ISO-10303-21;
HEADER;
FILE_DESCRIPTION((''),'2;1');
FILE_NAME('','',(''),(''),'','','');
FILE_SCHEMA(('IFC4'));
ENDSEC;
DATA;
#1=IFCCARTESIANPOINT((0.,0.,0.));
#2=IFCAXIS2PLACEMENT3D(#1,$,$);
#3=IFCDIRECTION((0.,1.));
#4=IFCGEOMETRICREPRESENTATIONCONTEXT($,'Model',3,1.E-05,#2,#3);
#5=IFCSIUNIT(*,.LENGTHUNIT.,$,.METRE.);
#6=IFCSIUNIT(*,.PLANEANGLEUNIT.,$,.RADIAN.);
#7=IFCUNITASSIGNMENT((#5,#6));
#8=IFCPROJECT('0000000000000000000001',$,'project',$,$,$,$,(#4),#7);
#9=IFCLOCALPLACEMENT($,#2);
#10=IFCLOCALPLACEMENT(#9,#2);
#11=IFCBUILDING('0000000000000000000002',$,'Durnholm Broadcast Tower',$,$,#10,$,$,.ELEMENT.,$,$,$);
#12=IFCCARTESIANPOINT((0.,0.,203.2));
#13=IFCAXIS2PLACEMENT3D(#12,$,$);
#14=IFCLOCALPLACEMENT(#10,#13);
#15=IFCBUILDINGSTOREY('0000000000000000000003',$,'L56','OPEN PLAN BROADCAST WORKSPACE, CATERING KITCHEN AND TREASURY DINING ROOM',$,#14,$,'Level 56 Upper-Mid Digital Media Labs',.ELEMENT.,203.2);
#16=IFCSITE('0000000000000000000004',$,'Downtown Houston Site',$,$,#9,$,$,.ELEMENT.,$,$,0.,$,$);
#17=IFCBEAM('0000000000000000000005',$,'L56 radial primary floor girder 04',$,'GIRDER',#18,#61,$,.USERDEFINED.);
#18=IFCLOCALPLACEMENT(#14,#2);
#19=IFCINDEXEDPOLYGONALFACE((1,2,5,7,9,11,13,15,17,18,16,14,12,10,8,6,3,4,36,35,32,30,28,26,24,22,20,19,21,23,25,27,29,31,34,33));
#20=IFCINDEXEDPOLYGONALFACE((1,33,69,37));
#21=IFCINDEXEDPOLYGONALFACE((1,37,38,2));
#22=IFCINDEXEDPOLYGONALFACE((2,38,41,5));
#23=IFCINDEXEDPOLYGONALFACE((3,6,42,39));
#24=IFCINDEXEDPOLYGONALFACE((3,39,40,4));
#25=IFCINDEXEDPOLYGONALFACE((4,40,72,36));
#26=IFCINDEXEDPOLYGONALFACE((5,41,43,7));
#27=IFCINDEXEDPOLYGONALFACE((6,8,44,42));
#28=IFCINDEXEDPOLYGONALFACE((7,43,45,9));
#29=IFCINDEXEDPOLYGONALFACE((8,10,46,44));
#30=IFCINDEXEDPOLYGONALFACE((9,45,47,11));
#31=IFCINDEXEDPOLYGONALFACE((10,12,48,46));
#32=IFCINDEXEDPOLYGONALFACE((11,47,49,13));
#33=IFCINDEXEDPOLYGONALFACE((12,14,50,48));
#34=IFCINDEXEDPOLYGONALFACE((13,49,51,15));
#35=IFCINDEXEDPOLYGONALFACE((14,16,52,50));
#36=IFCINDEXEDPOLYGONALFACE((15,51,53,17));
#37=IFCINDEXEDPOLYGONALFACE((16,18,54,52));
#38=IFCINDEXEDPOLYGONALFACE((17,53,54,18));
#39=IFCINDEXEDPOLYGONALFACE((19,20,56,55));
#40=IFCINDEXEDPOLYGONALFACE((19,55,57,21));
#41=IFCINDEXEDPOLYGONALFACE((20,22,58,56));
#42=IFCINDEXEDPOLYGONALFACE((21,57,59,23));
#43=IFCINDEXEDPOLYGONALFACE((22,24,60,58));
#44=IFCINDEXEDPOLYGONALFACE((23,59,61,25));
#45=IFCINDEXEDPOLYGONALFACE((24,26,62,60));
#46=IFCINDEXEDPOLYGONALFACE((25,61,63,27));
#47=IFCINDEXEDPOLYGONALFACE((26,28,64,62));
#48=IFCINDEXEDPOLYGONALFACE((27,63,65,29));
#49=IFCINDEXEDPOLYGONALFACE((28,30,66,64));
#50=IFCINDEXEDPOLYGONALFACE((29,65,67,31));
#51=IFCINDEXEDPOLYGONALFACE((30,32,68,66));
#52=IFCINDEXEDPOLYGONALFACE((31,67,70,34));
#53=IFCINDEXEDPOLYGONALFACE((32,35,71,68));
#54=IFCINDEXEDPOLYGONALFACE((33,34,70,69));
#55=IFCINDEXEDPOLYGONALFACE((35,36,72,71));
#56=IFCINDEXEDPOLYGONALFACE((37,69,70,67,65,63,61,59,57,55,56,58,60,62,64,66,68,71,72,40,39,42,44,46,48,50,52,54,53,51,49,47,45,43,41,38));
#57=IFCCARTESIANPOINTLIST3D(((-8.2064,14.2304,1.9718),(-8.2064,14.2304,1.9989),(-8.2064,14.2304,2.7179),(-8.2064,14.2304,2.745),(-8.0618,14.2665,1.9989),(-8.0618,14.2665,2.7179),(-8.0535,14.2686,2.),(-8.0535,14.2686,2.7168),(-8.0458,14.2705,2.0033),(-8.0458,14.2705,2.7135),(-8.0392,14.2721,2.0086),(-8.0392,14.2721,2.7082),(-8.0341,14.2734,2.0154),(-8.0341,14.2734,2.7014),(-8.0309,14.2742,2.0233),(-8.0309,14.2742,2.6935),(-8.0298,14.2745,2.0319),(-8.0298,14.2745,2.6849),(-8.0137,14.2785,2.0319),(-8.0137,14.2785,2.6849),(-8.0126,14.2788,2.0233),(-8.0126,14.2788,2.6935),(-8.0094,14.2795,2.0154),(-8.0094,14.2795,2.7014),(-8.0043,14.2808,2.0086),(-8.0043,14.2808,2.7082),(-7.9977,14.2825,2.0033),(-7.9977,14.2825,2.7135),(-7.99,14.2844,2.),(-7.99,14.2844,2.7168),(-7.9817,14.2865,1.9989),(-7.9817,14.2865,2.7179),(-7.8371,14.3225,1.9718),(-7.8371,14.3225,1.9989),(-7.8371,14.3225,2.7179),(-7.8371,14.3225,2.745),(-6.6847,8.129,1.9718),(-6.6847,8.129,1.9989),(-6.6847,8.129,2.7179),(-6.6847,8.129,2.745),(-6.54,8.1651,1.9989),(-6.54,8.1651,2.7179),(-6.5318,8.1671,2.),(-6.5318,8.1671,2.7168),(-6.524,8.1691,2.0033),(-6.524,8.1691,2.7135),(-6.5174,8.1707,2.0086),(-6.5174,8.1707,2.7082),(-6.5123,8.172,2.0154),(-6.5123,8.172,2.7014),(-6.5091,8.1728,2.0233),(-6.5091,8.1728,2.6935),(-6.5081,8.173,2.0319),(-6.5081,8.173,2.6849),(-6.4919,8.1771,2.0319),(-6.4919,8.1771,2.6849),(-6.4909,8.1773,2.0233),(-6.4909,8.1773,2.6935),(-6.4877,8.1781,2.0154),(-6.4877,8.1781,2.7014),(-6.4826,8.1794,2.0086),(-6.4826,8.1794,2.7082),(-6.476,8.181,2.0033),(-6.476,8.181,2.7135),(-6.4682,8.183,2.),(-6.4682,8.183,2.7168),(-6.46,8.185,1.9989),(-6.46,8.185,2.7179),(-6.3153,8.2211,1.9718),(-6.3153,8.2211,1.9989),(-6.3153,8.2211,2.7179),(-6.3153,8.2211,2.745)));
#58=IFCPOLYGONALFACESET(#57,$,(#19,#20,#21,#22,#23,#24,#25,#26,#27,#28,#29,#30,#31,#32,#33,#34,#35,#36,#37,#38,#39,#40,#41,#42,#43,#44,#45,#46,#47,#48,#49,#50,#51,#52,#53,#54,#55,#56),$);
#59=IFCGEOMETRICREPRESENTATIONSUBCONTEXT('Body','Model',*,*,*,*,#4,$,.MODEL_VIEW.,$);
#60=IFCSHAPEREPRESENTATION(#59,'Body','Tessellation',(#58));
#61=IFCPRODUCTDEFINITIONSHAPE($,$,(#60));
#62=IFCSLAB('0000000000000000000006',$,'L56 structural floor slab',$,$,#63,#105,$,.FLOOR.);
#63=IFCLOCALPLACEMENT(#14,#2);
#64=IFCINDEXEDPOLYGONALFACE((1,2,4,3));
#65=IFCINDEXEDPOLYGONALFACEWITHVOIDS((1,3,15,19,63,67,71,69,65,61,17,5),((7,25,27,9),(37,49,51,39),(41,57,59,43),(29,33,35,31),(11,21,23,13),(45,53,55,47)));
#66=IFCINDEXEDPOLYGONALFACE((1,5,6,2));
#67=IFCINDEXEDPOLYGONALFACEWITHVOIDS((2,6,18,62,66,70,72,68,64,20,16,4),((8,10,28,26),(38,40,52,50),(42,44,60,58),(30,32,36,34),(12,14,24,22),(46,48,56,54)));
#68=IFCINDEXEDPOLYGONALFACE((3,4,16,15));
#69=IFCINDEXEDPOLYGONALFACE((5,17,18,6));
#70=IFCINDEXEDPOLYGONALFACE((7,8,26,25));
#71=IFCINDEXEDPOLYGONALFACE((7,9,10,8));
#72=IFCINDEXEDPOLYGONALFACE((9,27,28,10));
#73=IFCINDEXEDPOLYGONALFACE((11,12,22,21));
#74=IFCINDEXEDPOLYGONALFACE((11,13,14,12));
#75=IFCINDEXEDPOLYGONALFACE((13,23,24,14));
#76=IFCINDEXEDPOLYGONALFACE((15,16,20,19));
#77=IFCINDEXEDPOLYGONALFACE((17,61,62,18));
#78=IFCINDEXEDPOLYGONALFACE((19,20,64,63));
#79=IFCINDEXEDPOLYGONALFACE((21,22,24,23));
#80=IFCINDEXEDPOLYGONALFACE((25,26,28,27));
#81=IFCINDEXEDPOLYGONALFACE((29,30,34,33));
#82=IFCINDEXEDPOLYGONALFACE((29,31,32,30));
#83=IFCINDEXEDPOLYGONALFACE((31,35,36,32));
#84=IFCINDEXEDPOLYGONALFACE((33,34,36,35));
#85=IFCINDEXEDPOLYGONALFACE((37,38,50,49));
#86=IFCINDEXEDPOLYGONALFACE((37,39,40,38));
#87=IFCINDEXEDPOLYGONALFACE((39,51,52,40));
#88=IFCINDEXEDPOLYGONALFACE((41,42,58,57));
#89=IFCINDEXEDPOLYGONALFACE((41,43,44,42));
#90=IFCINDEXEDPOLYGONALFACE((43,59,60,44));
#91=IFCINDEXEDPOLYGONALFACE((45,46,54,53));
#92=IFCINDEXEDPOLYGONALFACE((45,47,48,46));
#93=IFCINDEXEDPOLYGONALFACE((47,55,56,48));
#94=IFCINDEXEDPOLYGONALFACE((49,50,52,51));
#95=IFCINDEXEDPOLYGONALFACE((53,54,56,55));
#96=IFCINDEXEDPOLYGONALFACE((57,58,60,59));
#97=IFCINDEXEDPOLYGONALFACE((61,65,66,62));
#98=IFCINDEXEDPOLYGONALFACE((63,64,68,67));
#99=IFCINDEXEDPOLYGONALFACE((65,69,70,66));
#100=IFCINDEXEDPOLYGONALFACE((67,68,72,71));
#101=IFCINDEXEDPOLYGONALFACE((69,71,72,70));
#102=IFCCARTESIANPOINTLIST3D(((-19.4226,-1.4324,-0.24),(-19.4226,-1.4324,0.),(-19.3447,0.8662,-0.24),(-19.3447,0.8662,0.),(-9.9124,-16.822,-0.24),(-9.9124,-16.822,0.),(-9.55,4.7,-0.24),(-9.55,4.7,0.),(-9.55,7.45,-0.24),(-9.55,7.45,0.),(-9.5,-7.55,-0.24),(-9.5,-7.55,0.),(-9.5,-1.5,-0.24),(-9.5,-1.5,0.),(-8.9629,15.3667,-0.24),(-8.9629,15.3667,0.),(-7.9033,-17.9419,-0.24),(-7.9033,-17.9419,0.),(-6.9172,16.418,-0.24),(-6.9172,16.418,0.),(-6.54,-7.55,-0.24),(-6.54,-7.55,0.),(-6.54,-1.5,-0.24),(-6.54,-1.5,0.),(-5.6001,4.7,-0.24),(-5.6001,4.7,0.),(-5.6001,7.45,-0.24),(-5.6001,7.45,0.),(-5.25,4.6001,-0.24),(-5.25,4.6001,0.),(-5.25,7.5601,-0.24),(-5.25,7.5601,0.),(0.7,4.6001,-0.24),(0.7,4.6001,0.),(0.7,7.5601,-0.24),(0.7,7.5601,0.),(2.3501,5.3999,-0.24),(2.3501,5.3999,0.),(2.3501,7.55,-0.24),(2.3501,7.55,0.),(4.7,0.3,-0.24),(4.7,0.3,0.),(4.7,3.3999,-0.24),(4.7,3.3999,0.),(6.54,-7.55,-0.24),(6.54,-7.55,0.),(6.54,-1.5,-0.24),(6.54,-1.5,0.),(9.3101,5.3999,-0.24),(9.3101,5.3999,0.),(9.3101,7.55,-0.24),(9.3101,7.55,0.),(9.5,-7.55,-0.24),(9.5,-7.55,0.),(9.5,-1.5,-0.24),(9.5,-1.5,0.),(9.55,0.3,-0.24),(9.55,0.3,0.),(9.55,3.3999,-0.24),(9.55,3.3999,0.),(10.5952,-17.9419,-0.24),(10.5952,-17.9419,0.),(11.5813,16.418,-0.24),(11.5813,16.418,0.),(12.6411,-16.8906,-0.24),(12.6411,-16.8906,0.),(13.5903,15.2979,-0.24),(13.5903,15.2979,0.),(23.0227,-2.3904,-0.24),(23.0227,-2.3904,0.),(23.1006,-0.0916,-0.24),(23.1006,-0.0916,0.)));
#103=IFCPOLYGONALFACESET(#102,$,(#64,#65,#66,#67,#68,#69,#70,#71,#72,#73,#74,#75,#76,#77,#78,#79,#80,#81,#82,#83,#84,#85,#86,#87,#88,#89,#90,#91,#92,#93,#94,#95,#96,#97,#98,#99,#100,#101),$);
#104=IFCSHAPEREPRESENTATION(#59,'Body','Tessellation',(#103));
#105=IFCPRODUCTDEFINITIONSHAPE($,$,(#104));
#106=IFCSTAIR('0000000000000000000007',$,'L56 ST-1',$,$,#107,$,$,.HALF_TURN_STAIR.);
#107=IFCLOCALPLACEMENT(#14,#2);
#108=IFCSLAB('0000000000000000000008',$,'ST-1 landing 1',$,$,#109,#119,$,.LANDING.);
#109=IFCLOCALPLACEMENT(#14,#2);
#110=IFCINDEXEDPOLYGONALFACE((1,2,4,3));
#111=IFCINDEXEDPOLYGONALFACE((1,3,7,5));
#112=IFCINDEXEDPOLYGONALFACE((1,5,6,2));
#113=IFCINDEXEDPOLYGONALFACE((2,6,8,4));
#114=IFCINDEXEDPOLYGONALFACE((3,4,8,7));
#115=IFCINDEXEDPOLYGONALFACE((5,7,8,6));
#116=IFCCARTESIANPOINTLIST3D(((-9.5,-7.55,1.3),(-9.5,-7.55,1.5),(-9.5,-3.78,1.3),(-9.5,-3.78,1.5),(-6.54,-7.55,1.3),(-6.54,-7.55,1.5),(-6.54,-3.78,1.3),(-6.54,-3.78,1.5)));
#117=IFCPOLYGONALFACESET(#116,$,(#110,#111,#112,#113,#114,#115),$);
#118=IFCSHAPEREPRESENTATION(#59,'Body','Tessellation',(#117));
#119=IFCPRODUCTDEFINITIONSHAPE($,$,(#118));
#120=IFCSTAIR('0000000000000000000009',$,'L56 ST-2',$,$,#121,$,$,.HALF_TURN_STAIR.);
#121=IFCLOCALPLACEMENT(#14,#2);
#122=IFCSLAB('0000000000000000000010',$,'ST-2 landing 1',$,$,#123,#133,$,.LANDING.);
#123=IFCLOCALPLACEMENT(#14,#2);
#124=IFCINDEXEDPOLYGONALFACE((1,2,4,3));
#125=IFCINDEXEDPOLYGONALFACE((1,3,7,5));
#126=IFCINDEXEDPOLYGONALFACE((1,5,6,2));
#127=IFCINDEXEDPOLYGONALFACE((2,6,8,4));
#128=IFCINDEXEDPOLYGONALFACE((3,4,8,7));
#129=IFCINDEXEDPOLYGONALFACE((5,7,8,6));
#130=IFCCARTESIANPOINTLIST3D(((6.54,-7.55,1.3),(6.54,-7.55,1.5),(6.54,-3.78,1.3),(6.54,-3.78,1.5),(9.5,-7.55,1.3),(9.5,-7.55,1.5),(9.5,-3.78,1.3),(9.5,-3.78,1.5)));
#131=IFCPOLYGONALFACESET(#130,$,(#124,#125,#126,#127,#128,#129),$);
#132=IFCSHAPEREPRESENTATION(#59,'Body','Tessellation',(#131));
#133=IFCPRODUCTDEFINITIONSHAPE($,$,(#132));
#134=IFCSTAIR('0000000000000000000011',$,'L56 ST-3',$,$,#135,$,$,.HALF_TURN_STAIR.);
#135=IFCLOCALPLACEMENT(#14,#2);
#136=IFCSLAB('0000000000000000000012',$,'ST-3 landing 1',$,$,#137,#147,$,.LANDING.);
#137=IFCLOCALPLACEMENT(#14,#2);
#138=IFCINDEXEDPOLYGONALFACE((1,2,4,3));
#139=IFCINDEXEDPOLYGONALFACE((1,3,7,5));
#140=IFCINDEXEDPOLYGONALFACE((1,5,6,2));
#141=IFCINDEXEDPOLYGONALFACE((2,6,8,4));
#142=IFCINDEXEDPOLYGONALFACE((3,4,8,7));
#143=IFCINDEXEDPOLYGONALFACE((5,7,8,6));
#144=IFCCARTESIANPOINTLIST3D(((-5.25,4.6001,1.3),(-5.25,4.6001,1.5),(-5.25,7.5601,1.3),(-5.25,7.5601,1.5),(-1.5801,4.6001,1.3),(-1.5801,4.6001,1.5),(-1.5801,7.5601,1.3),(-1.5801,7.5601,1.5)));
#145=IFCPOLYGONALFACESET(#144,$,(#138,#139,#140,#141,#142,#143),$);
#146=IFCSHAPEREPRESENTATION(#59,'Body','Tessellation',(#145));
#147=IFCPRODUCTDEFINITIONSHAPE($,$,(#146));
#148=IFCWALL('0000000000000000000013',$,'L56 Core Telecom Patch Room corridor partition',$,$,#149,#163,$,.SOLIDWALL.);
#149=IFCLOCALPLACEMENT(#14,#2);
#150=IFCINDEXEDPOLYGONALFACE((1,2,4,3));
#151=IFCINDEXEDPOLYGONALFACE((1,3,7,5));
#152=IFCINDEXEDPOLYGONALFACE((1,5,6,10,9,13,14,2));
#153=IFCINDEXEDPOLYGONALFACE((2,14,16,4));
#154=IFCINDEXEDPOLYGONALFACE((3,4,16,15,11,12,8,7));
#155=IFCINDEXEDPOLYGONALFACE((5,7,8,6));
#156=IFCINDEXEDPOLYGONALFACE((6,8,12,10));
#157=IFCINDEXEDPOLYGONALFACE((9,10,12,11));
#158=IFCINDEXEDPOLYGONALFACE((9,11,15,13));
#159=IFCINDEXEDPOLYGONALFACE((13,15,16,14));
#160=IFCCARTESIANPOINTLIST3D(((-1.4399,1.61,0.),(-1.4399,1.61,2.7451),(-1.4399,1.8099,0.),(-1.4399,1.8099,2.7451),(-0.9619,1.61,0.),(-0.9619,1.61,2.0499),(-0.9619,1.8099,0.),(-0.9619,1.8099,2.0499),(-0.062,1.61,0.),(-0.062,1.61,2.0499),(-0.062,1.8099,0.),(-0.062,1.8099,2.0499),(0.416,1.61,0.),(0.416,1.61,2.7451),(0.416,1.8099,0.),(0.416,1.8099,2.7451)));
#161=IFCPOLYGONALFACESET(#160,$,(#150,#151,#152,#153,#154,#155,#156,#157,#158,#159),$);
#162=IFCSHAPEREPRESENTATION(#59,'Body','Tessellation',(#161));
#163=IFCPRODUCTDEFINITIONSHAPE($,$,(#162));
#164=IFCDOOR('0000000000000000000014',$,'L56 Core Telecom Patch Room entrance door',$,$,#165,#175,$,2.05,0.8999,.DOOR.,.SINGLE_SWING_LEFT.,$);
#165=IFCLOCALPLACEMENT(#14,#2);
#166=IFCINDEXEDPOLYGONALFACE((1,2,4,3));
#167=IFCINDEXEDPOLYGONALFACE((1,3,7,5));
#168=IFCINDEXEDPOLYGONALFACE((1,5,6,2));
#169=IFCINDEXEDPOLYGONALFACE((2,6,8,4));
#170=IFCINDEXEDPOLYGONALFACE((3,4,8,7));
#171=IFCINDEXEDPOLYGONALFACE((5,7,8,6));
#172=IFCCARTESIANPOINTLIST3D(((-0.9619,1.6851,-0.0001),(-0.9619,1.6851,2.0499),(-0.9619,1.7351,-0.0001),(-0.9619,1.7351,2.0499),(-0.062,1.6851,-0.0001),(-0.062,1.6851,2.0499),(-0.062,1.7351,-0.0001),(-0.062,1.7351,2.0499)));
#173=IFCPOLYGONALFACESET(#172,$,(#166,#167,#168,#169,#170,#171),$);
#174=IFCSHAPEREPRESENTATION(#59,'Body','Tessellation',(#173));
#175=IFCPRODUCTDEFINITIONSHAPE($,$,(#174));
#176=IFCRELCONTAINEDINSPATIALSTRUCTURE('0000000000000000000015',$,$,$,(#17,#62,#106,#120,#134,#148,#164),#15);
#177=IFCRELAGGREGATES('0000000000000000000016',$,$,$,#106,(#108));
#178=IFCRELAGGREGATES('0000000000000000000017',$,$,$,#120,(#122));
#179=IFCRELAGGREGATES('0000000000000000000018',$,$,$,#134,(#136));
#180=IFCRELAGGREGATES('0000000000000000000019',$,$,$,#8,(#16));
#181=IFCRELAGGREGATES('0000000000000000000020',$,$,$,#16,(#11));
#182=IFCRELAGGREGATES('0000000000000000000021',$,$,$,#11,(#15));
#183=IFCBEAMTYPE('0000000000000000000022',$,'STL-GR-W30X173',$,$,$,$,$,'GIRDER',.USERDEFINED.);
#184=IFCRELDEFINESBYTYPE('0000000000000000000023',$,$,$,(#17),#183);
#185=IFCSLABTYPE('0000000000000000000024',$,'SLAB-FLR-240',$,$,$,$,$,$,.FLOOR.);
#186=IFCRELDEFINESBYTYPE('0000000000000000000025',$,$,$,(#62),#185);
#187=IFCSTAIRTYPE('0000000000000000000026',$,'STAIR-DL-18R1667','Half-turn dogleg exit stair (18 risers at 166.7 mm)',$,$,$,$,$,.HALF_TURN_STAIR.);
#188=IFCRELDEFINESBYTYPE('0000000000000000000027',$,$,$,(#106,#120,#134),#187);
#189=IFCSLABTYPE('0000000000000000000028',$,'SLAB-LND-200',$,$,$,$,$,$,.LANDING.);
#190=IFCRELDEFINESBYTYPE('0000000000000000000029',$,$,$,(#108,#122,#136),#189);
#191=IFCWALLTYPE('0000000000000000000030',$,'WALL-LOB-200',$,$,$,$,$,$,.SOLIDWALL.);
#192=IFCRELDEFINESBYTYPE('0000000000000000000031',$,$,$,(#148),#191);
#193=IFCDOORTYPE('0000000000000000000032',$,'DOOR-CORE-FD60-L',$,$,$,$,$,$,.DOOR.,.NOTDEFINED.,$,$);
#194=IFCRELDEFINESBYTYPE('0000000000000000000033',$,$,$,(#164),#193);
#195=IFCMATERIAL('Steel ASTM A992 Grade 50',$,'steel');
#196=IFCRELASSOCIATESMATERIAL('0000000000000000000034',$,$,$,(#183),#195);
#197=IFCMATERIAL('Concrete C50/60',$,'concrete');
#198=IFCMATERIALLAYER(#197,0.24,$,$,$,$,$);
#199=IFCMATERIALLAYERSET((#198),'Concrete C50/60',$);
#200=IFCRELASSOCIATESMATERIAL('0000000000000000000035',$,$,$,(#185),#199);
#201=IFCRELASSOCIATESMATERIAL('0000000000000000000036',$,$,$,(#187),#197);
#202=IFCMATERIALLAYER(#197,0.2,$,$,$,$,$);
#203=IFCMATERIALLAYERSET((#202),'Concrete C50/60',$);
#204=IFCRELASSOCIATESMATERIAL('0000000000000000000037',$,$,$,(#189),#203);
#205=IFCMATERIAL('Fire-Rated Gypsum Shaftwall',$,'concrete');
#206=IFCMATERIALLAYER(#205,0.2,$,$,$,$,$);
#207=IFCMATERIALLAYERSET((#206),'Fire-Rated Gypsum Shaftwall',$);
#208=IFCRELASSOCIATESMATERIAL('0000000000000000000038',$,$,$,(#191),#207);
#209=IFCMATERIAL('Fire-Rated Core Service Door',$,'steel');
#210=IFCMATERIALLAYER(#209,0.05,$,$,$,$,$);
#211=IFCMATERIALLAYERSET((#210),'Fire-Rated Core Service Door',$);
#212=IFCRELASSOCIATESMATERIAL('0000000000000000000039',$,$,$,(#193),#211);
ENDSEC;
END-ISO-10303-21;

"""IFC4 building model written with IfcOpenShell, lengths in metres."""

from ifc_helpers import new_model, si_unit, direction, frame, frame_2d, origin, origin_2d, place, context, subcontext, project, spatial, polyline, rectangle, i_section, outline, extrude, source, transform, mapped, material, layer, layer_set, material_profile, profile_set, type_object, type_shapes, element, fill, aggregate, save


model = new_model("IFC4")

# Units and contexts
model_context = context("Model", 3, precision=1e-05, world=origin(), true_north=direction((0.0, 1.0)))
body_context = subcontext(model_context, "Body", "Model", "MODEL_VIEW")
ifc_project = project(units=[si_unit("LENGTHUNIT", "METRE"), si_unit("PLANEANGLEUNIT", "RADIAN")], contexts=[model_context])

# Site, building, storey
site_placement = place(None, origin())
site = spatial("IfcSite", under=ifc_project, at=site_placement, Name="Downtown Houston Site", CompositionType="ELEMENT", RefElevation=0.0)
building_placement = place(site_placement, origin())
building = spatial("IfcBuilding", under=site, at=building_placement, Name="Durnholm Broadcast Tower", CompositionType="ELEMENT")
storey_placement = place(building_placement, frame((0.0, 0.0, 203.2)))
storey = spatial("IfcBuildingStorey", under=building, at=storey_placement, Name="L56", Description="OPEN PLAN BROADCAST WORKSPACE, CATERING KITCHEN AND TREASURY DINING ROOM", LongName="Level 56 Upper-Mid Digital Media Labs", CompositionType="ELEMENT", Elevation=203.2)

# Beam
ifc_material_1 = material(Name="Steel ASTM A992 Grade 50", Category="steel")
ifc_material_profile = material_profile(ifc_material_1, i_section(OverallWidth=0.3806, OverallDepth=0.7732, WebThickness=0.0166, FlangeThickness=0.0271, FilletRadius=0.033, at=origin_2d()), Name="W30X173")
ifc_profile_set = profile_set([ifc_material_profile], Name="Steel ASTM A992 Grade 50")
beam_type = type_object("IfcBeamType", Name="STL-GR-W30X173", ElementType="GIRDER", PredefinedType="USERDEFINED", material=ifc_profile_set)
shared_shape_1 = source(origin(), body_context, "Body", "SweptSolid", [
    extrude(i_section(OverallWidth=0.3806, OverallDepth=0.7732, WebThickness=0.0166, FlangeThickness=0.0271, FilletRadius=0.033, at=origin_2d()), origin(), (0.0, 0.0, 1.0), 6.2883),
])
type_shapes(beam_type, [shared_shape_1])
beam_placement = place(storey_placement, frame((-6.5, 8.175, 2.3584), z_axis=(-0.241997, 0.970277, 0.0), x_axis=(-0.970277, -0.241997, 0.0)))
element("IfcBeam", 1, at=beam_placement, inside=storey, type_object=beam_type, Name="L56 radial primary floor girder 04", ObjectType="GIRDER", PredefinedType="USERDEFINED", context=body_context, shape_type="MappedRepresentation", body=[
    mapped(shared_shape_1, transform((0.0, 0.0, 0.0), x_axis=(1.0, 0.0, 0.0), y_axis=(0.0, 1.0, 0.0), z_axis=(0.0, 0.0, 1.0), scale=1.0)),
])

# Slab
ifc_material_2 = material(Name="Concrete C50/60", Category="concrete")
ifc_layer_1 = layer(ifc_material_2, 0.24)
ifc_layer_set_1 = layer_set([ifc_layer_1], Name="Concrete C50/60")
slab_type_1 = type_object("IfcSlabType", Name="SLAB-FLR-240", PredefinedType="FLOOR", material=ifc_layer_set_1)
slab_1_placement = place(storey_placement, frame((0.0, 0.0, -0.24)))
element("IfcSlab", 2, at=slab_1_placement, inside=storey, type_object=slab_type_1, Name="L56 structural floor slab", PredefinedType="FLOOR", context=body_context, shape_type="SweptSolid", body=[
    extrude(outline(polyline([(-9.9124, -16.822), (-7.9033, -17.9419), (10.5952, -17.9419), (12.6411, -16.8906), (23.0227, -2.3904), (23.1006, -0.0916), (13.5903, 15.2979), (11.5813, 16.418), (-6.9172, 16.418), (-8.9629, 15.3667), (-19.3447, 0.8662), (-19.4226, -1.4324), (-9.9124, -16.822)]), holes=[polyline([(-6.54, -1.5), (-9.5, -1.5), (-9.5, -7.55), (-6.54, -7.55), (-6.54, -1.5)]), polyline([(9.5, -7.55), (9.5, -1.5), (6.54, -1.5), (6.54, -7.55), (9.5, -7.55)]), polyline([(9.55, 3.3999), (4.7, 3.3999), (4.7, 0.3), (9.55, 0.3), (9.55, 3.3999)]), polyline([(-9.55, 7.45), (-9.55, 4.7), (-5.6001, 4.7), (-5.6001, 7.45), (-9.55, 7.45)]), polyline([(-5.25, 4.6001), (0.7, 4.6001), (0.7, 7.5601), (-5.25, 7.5601), (-5.25, 4.6001)]), polyline([(9.3101, 7.55), (2.3501, 7.55), (2.3501, 5.3999), (9.3101, 5.3999), (9.3101, 7.55)])]), origin(), (0.0, 0.0, 1.0), 0.24),
])

# Stairs, slabs
stair_type = type_object("IfcStairType", Name="STAIR-DL-18R1667", Description="Half-turn dogleg exit stair (18 risers at 166.7 mm)", PredefinedType="HALF_TURN_STAIR", material=ifc_material_2)
stair_1_placement = place(storey_placement, origin())
stair_1 = element("IfcStair", 3, at=stair_1_placement, inside=storey, type_object=stair_type, Name="L56 ST-1", PredefinedType="HALF_TURN_STAIR")
ifc_layer_2 = layer(ifc_material_2, 0.2)
ifc_layer_set_2 = layer_set([ifc_layer_2], Name="Concrete C50/60")
slab_type_2 = type_object("IfcSlabType", Name="SLAB-LND-200", PredefinedType="LANDING", material=ifc_layer_set_2)
slab_2_placement = place(storey_placement, frame((0.0, 0.0, 1.3)))
slab_2 = element("IfcSlab", 4, at=slab_2_placement, type_object=slab_type_2, Name="ST-1 landing 1", PredefinedType="LANDING", context=body_context, shape_type="SweptSolid", body=[
    extrude(outline(polyline([(-9.5, -3.78), (-9.5, -7.55), (-6.54, -7.55), (-6.54, -3.78), (-9.5, -3.78)])), origin(), (0.0, 0.0, 1.0), 0.2),
])
aggregate(stair_1, [slab_2])
stair_2_placement = place(storey_placement, origin())
stair_2 = element("IfcStair", 5, at=stair_2_placement, inside=storey, type_object=stair_type, Name="L56 ST-2", PredefinedType="HALF_TURN_STAIR")
slab_3_placement = place(storey_placement, frame((0.0, 0.0, 1.3)))
slab_3 = element("IfcSlab", 6, at=slab_3_placement, type_object=slab_type_2, Name="ST-2 landing 1", PredefinedType="LANDING", context=body_context, shape_type="SweptSolid", body=[
    extrude(outline(polyline([(6.54, -3.78), (6.54, -7.55), (9.5, -7.55), (9.5, -3.78), (6.54, -3.78)])), origin(), (0.0, 0.0, 1.0), 0.2),
])
aggregate(stair_2, [slab_3])
stair_3_placement = place(storey_placement, origin())
stair_3 = element("IfcStair", 7, at=stair_3_placement, inside=storey, type_object=stair_type, Name="L56 ST-3", PredefinedType="HALF_TURN_STAIR")
slab_4_placement = place(storey_placement, frame((0.0, 0.0, 1.3)))
slab_4 = element("IfcSlab", 8, at=slab_4_placement, type_object=slab_type_2, Name="ST-3 landing 1", PredefinedType="LANDING", context=body_context, shape_type="SweptSolid", body=[
    extrude(outline(polyline([(-1.5801, 7.5601), (-5.25, 7.5601), (-5.25, 4.6001), (-1.5801, 4.6001), (-1.5801, 7.5601)])), origin(), (0.0, 0.0, 1.0), 0.2),
])

# Wall, opening, door
ifc_material_3 = material(Name="Fire-Rated Gypsum Shaftwall", Category="concrete")
ifc_layer_3 = layer(ifc_material_3, 0.2)
ifc_layer_set_3 = layer_set([ifc_layer_3], Name="Fire-Rated Gypsum Shaftwall")
wall_type_1 = type_object("IfcWallType", Name="WALL-LOB-200", PredefinedType="SOLIDWALL", material=ifc_layer_set_3)
wall_1_placement = place(storey_placement, frame((0.416, 1.71, 0.0), z_axis=(0.0, 0.0, 1.0), x_axis=(-1.0, 0.0, 0.0)))
wall_1 = element("IfcWall", 9, at=wall_1_placement, inside=storey, type_object=wall_type_1, Name="L56 Core Telecom Patch Room corridor partition", PredefinedType="SOLIDWALL", context=body_context, shape_type="SweptSolid", body=[
    extrude(rectangle(XDim=1.856, YDim=0.2, at=frame_2d((0.928, 0.0))), origin(), (0.0, 0.0, 1.0), 2.7451),
])
opening_1_placement = place(wall_1_placement, frame((0.478, 0.0, 0.0)))
opening_1 = element("IfcOpeningElement", 10, at=opening_1_placement, cuts=wall_1, PredefinedType="OPENING", context=body_context, shape_type="SweptSolid", body=[
    extrude(rectangle(XDim=0.8999, YDim=2.05, at=frame_2d((0.45, 1.0249))), frame((0.0, 0.1099, 0.0), z_axis=(0.0, -1.0, 0.0), x_axis=(1.0, 0.0, 0.0)), (0.0, 0.0, 1.0), 0.22),
])
ifc_material_4 = material(Name="Fire-Rated Core Service Door", Category="steel")
ifc_layer_4 = layer(ifc_material_4, 0.05)
ifc_layer_set_4 = layer_set([ifc_layer_4], Name="Fire-Rated Core Service Door")
door_type_1 = type_object("IfcDoorType", Name="DOOR-CORE-FD60-L", OperationType="NOTDEFINED", PredefinedType="DOOR", material=ifc_layer_set_4)
shared_shape_2 = source(origin(), body_context, "Body", "SweptSolid", [
    extrude(rectangle(XDim=0.8999, YDim=2.05, at=frame_2d((0.45, 1.0249))), frame((0.0, 0.0249, 0.0), z_axis=(0.0, -1.0, 0.0), x_axis=(1.0, 0.0, 0.0)), (0.0, 0.0, 1.0), 0.05),
])
type_shapes(door_type_1, [shared_shape_2])
door_1_placement = place(opening_1_placement, origin())
door_1 = element("IfcDoor", 11, at=door_1_placement, inside=storey, type_object=door_type_1, Name="L56 Core Telecom Patch Room entrance door", OperationType="SINGLE_SWING_LEFT", OverallHeight=2.05, OverallWidth=0.8999, PredefinedType="DOOR", context=body_context, shape_type="MappedRepresentation", body=[
    mapped(shared_shape_2, transform((0.0, 0.0, 0.0), x_axis=(1.0, 0.0, 0.0), y_axis=(0.0, 1.0, 0.0), z_axis=(0.0, 0.0, 1.0), scale=1.0)),
])
fill(opening_1, door_1)

aggregate(stair_3, [slab_4])

save(model, "model.ifc")
